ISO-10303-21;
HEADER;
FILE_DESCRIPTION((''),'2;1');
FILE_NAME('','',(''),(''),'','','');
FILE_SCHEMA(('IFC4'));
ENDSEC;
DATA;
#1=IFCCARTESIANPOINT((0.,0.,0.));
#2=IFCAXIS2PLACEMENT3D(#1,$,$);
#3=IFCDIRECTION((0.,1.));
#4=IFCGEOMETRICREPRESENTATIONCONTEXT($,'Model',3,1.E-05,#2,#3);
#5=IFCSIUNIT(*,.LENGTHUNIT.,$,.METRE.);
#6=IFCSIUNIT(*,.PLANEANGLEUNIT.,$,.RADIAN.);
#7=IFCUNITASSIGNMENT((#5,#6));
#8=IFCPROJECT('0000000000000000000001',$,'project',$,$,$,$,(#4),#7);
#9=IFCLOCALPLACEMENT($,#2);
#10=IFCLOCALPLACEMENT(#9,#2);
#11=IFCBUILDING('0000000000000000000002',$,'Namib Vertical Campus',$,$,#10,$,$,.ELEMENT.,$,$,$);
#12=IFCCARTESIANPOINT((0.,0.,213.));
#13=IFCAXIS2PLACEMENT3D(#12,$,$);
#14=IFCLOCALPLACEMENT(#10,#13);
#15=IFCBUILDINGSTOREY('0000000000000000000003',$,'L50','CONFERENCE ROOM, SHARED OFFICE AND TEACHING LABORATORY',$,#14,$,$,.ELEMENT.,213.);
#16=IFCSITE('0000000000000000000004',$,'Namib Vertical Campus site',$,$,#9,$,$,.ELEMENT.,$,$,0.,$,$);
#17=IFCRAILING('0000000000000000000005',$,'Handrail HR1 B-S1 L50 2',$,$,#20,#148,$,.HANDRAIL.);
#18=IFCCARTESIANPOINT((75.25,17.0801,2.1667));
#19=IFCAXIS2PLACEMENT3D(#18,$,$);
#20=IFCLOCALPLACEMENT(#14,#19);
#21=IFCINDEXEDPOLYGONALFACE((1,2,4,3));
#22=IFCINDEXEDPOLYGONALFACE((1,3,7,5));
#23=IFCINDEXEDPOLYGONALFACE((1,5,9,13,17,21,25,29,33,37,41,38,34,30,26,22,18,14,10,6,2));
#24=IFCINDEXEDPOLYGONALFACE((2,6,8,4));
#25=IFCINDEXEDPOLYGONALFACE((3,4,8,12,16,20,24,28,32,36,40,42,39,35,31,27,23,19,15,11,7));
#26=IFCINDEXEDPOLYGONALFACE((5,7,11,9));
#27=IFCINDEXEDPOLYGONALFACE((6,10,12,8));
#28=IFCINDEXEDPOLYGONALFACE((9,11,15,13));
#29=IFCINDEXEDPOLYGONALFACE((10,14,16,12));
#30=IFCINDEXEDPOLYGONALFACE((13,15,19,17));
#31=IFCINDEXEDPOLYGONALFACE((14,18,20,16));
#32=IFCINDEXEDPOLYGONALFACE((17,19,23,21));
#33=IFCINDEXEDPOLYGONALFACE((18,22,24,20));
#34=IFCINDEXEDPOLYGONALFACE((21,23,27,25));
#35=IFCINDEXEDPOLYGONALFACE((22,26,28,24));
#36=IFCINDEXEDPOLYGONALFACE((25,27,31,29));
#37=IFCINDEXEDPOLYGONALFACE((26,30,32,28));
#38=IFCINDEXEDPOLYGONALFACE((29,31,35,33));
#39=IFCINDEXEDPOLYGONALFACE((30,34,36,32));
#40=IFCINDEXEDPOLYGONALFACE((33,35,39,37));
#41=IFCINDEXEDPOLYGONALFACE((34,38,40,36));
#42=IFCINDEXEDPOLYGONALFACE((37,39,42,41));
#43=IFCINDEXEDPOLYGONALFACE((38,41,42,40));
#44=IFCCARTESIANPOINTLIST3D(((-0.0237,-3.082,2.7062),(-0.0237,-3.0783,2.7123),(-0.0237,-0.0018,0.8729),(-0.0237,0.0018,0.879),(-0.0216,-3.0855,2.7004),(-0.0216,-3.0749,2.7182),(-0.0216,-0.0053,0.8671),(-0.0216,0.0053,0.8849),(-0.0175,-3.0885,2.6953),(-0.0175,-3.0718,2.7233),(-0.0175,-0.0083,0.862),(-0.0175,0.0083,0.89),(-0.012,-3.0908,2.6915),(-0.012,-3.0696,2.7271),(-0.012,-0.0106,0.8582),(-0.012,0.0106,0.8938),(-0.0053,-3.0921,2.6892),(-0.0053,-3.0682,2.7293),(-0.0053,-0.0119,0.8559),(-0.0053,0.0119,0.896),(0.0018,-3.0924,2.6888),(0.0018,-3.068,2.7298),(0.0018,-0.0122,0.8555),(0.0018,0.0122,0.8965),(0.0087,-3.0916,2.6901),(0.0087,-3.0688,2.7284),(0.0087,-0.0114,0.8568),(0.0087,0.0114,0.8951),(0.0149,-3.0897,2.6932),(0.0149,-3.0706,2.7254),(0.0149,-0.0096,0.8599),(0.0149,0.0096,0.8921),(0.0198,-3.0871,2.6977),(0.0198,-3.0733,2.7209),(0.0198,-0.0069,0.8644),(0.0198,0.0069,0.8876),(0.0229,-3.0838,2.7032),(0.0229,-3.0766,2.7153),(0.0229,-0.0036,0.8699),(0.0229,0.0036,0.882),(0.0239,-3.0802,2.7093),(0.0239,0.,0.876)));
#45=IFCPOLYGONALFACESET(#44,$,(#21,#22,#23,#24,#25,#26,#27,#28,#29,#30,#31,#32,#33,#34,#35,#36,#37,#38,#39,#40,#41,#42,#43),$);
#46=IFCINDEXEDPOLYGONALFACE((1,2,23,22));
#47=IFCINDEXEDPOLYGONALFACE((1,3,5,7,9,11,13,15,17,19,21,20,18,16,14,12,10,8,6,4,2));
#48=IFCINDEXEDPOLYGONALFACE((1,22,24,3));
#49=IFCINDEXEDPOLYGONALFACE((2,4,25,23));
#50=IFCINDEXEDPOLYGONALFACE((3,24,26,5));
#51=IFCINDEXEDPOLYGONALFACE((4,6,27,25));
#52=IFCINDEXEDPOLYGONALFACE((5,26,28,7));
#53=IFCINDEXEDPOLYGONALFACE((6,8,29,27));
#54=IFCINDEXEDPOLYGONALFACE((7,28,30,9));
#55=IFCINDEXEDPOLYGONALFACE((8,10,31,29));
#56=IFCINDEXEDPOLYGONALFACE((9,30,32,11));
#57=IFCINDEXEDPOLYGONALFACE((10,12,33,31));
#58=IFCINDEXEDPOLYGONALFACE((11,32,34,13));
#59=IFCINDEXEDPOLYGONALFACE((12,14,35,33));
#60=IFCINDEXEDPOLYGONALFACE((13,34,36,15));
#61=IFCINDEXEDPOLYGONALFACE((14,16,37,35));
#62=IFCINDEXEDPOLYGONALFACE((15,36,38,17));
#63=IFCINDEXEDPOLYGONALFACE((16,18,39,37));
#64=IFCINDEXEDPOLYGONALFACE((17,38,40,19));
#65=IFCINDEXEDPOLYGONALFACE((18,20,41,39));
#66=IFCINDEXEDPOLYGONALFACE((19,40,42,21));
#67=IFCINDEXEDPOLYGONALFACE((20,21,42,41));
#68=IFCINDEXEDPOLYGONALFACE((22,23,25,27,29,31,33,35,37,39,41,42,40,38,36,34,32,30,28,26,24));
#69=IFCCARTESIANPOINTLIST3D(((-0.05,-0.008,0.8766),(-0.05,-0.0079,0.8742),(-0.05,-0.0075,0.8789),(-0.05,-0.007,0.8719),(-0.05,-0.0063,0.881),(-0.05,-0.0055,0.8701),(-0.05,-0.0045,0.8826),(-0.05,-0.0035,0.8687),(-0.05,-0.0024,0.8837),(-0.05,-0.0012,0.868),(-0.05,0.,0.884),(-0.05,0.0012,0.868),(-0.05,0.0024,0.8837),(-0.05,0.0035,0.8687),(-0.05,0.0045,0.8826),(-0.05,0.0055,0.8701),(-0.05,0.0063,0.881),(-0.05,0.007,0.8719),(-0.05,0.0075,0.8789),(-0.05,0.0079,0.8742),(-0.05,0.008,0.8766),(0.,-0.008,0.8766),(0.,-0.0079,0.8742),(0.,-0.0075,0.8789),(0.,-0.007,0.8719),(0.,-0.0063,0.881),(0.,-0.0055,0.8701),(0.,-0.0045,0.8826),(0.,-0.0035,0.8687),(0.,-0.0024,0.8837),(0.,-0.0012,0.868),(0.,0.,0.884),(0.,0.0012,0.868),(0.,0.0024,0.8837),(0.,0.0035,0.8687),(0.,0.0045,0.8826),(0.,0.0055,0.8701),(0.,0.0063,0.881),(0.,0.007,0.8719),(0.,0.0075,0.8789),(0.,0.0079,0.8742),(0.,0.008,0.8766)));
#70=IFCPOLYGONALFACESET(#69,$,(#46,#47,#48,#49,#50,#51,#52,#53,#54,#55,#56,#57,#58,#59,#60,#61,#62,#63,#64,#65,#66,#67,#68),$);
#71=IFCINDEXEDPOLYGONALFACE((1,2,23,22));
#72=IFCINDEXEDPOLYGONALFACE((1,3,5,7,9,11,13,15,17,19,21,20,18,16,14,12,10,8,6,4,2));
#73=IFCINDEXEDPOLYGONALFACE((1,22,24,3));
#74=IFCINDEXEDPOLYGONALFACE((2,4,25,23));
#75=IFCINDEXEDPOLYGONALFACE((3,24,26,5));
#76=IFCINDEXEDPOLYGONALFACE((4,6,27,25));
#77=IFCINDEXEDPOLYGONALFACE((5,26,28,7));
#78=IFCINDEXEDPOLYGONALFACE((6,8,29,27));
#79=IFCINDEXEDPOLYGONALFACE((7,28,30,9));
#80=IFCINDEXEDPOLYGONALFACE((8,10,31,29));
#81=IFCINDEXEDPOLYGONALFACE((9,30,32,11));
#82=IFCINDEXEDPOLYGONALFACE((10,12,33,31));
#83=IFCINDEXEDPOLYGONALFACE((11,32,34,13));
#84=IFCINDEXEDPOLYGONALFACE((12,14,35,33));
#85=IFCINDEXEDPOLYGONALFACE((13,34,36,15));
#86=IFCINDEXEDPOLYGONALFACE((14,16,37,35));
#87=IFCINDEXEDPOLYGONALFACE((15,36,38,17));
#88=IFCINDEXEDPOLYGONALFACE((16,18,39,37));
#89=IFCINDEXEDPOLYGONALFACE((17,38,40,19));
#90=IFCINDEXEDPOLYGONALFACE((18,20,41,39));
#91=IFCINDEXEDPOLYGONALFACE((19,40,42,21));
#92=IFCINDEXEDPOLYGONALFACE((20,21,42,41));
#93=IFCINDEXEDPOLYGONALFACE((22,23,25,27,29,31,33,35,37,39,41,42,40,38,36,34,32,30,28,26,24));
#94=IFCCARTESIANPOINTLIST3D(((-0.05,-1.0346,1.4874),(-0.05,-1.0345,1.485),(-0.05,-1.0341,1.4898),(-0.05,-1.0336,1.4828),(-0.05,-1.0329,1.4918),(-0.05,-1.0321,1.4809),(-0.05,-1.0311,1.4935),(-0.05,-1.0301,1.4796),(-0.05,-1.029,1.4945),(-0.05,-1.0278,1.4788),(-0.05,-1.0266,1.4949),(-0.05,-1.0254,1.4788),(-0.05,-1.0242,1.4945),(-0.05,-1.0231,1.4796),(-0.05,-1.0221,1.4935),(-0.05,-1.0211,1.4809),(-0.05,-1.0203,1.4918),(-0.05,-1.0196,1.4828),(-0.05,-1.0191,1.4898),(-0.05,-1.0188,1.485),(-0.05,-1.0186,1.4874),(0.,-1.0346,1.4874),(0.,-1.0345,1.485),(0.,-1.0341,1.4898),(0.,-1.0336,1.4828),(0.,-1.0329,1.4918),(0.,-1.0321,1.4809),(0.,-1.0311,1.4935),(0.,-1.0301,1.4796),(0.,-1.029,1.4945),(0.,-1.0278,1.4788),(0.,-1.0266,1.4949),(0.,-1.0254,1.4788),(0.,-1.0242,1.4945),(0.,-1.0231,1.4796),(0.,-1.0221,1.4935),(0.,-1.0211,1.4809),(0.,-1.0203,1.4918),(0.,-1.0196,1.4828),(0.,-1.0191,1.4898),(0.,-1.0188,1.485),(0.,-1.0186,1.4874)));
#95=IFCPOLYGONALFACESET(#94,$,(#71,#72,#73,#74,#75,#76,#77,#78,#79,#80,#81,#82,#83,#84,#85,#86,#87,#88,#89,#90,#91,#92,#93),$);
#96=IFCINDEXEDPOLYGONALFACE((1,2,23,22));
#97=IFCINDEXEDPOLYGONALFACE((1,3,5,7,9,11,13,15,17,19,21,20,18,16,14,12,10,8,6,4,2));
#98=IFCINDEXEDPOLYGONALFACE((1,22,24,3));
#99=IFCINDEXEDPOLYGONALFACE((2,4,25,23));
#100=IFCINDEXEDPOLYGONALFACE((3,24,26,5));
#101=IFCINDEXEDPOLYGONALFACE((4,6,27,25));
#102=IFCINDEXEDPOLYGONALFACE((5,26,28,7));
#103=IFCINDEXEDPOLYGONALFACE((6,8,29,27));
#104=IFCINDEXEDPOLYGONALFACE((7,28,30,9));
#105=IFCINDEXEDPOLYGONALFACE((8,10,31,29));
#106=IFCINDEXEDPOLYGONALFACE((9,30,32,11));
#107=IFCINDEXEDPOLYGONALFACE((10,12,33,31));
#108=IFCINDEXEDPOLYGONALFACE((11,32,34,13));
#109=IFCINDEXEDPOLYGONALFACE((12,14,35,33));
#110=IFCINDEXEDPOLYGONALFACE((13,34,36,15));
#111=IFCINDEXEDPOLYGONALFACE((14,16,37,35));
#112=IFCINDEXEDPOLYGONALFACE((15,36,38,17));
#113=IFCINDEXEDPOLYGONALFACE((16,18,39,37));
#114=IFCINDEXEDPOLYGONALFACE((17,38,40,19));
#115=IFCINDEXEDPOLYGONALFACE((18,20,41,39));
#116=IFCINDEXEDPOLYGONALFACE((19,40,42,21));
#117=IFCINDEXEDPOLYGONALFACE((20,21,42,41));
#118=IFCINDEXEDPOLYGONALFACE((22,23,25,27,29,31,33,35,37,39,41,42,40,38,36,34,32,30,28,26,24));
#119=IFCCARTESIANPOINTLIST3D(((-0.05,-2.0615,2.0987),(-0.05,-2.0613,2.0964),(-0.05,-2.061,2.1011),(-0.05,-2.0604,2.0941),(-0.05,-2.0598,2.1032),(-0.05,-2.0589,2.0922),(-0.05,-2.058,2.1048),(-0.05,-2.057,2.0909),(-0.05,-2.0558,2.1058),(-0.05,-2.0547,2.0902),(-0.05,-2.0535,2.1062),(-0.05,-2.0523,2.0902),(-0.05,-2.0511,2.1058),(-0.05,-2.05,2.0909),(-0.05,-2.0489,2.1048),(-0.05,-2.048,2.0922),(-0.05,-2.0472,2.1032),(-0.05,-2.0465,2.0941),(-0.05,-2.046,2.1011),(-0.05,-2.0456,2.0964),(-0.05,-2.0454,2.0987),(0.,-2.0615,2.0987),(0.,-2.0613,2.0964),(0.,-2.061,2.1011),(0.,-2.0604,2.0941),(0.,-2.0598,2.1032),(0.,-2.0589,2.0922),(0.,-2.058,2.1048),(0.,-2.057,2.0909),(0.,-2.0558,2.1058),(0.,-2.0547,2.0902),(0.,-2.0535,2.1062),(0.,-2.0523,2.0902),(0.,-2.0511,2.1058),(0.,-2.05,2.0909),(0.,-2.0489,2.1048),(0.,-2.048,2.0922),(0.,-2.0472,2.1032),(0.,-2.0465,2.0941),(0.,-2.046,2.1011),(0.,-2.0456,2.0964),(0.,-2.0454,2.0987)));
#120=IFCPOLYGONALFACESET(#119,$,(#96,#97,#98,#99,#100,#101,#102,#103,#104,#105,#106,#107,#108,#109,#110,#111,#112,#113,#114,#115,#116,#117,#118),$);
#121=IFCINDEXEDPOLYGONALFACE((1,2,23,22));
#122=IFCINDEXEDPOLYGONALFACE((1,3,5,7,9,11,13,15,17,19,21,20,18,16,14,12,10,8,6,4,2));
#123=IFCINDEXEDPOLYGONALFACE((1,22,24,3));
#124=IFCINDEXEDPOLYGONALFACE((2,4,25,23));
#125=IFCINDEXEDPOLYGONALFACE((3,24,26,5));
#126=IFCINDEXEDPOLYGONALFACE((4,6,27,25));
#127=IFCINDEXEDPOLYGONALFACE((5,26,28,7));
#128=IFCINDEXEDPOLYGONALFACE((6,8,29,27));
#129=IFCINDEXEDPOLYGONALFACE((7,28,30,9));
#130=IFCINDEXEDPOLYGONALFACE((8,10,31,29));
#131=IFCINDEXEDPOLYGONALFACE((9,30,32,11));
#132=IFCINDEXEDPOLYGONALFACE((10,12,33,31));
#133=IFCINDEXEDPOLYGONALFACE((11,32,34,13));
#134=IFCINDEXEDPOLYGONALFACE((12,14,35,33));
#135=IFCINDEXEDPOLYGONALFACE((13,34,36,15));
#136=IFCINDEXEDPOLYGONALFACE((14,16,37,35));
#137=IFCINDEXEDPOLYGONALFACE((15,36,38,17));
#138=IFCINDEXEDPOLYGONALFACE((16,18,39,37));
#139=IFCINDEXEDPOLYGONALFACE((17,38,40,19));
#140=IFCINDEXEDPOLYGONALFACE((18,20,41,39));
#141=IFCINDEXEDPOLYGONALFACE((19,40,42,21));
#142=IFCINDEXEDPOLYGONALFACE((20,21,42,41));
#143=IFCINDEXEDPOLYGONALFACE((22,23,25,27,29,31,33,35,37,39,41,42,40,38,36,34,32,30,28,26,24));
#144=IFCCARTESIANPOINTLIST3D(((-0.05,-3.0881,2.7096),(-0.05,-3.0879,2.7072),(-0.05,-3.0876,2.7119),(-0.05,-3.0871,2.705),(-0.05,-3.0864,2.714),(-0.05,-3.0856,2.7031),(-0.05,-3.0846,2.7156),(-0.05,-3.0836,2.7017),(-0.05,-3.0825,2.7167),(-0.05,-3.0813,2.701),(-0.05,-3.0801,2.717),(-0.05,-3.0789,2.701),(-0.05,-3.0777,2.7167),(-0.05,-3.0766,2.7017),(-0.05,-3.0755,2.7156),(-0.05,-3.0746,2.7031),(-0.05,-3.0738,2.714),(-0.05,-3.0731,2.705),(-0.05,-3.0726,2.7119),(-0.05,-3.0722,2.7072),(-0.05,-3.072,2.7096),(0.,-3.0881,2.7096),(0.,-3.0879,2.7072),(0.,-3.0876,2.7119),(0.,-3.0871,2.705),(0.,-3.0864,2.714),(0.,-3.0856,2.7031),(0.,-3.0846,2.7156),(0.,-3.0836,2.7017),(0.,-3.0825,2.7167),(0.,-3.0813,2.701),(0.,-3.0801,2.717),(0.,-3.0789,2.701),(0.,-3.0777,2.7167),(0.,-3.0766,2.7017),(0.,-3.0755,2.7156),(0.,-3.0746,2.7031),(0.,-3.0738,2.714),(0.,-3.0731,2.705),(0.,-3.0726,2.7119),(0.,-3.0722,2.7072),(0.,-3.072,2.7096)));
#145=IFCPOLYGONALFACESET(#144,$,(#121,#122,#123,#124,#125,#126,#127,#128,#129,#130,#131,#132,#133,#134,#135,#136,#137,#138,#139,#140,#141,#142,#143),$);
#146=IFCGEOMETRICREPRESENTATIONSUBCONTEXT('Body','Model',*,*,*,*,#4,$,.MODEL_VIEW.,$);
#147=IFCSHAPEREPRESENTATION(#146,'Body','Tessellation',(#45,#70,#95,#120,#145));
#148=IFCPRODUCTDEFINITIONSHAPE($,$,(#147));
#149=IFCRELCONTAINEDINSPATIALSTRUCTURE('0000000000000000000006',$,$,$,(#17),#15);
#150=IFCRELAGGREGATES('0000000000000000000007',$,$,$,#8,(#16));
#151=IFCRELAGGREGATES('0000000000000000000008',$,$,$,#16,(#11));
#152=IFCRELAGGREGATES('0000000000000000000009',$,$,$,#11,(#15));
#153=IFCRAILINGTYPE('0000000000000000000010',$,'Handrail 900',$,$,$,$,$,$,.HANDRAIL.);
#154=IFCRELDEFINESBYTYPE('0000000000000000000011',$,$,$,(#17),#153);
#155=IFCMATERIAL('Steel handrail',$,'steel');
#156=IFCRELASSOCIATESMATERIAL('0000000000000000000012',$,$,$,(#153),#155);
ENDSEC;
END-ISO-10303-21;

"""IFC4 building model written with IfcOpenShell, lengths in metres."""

from ifc_helpers import new_model, si_unit, direction, frame, origin, origin_2d, place, context, subcontext, project, spatial, circle, extrude, material, type_object, element, save


model = new_model("IFC4")

# Units and contexts
model_context = context("Model", 3, precision=1e-05, world=origin(), true_north=direction((0.0, 1.0)))
body_context = subcontext(model_context, "Body", "Model", "MODEL_VIEW")
ifc_project = project(units=[si_unit("LENGTHUNIT", "METRE"), si_unit("PLANEANGLEUNIT", "RADIAN")], contexts=[model_context])

# Site, building, storey
site_placement = place(None, origin())
site = spatial("IfcSite", under=ifc_project, at=site_placement, Name="Namib Vertical Campus site", CompositionType="ELEMENT", RefElevation=0.0)
building_placement = place(site_placement, origin())
building = spatial("IfcBuilding", under=site, at=building_placement, Name="Namib Vertical Campus", CompositionType="ELEMENT")
storey_placement = place(building_placement, frame((0.0, 0.0, 213.0)))
storey = spatial("IfcBuildingStorey", under=building, at=storey_placement, Name="L50", Description="CONFERENCE ROOM, SHARED OFFICE AND TEACHING LABORATORY", CompositionType="ELEMENT", Elevation=213.0)

# Railing
ifc_material_1 = material(Name="Steel handrail", Category="steel")
railing_type_1 = type_object("IfcRailingType", Name="Handrail 900", PredefinedType="HANDRAIL", material=ifc_material_1)
railing_1_placement = place(storey_placement, frame((75.25, 17.0801, 2.1667)))
element("IfcRailing", 1, at=railing_1_placement, inside=storey, type_object=railing_type_1, Name="Handrail HR1 B-S1 L50 2", PredefinedType="HANDRAIL", context=body_context, shape_type="SweptSolid", body=[
    extrude(circle(Radius=0.0239, at=origin_2d()), frame((0.0, 0.0, 0.876), z_axis=(0.0, -0.859309, 0.511458), x_axis=(1.0, 0.0, 0.0)), (0.0, 0.0, 1.0), 3.5845),
    extrude(circle(Radius=0.0081, at=origin_2d()), frame((0.0, 0.0, 0.876), z_axis=(-1.0, 0.0, 0.0), x_axis=(0.0, 0.0, 1.0)), (0.0, 0.0, 1.0), 0.05),
    extrude(circle(Radius=0.0081, at=origin_2d()), frame((0.0, -1.0266, 1.4868), z_axis=(-1.0, 0.0, 0.0), x_axis=(0.0, 0.0, 1.0)), (0.0, 0.0, 1.0), 0.05),
    extrude(circle(Radius=0.0081, at=origin_2d()), frame((0.0, -2.0535, 2.0981), z_axis=(-1.0, 0.0, 0.0), x_axis=(0.0, 0.0, 1.0)), (0.0, 0.0, 1.0), 0.05),
    extrude(circle(Radius=0.0081, at=origin_2d()), frame((0.0, -3.0801, 2.709), z_axis=(-1.0, 0.0, 0.0), x_axis=(0.0, 0.0, 1.0)), (0.0, 0.0, 1.0), 0.05),
])

save(model, "model.ifc")
